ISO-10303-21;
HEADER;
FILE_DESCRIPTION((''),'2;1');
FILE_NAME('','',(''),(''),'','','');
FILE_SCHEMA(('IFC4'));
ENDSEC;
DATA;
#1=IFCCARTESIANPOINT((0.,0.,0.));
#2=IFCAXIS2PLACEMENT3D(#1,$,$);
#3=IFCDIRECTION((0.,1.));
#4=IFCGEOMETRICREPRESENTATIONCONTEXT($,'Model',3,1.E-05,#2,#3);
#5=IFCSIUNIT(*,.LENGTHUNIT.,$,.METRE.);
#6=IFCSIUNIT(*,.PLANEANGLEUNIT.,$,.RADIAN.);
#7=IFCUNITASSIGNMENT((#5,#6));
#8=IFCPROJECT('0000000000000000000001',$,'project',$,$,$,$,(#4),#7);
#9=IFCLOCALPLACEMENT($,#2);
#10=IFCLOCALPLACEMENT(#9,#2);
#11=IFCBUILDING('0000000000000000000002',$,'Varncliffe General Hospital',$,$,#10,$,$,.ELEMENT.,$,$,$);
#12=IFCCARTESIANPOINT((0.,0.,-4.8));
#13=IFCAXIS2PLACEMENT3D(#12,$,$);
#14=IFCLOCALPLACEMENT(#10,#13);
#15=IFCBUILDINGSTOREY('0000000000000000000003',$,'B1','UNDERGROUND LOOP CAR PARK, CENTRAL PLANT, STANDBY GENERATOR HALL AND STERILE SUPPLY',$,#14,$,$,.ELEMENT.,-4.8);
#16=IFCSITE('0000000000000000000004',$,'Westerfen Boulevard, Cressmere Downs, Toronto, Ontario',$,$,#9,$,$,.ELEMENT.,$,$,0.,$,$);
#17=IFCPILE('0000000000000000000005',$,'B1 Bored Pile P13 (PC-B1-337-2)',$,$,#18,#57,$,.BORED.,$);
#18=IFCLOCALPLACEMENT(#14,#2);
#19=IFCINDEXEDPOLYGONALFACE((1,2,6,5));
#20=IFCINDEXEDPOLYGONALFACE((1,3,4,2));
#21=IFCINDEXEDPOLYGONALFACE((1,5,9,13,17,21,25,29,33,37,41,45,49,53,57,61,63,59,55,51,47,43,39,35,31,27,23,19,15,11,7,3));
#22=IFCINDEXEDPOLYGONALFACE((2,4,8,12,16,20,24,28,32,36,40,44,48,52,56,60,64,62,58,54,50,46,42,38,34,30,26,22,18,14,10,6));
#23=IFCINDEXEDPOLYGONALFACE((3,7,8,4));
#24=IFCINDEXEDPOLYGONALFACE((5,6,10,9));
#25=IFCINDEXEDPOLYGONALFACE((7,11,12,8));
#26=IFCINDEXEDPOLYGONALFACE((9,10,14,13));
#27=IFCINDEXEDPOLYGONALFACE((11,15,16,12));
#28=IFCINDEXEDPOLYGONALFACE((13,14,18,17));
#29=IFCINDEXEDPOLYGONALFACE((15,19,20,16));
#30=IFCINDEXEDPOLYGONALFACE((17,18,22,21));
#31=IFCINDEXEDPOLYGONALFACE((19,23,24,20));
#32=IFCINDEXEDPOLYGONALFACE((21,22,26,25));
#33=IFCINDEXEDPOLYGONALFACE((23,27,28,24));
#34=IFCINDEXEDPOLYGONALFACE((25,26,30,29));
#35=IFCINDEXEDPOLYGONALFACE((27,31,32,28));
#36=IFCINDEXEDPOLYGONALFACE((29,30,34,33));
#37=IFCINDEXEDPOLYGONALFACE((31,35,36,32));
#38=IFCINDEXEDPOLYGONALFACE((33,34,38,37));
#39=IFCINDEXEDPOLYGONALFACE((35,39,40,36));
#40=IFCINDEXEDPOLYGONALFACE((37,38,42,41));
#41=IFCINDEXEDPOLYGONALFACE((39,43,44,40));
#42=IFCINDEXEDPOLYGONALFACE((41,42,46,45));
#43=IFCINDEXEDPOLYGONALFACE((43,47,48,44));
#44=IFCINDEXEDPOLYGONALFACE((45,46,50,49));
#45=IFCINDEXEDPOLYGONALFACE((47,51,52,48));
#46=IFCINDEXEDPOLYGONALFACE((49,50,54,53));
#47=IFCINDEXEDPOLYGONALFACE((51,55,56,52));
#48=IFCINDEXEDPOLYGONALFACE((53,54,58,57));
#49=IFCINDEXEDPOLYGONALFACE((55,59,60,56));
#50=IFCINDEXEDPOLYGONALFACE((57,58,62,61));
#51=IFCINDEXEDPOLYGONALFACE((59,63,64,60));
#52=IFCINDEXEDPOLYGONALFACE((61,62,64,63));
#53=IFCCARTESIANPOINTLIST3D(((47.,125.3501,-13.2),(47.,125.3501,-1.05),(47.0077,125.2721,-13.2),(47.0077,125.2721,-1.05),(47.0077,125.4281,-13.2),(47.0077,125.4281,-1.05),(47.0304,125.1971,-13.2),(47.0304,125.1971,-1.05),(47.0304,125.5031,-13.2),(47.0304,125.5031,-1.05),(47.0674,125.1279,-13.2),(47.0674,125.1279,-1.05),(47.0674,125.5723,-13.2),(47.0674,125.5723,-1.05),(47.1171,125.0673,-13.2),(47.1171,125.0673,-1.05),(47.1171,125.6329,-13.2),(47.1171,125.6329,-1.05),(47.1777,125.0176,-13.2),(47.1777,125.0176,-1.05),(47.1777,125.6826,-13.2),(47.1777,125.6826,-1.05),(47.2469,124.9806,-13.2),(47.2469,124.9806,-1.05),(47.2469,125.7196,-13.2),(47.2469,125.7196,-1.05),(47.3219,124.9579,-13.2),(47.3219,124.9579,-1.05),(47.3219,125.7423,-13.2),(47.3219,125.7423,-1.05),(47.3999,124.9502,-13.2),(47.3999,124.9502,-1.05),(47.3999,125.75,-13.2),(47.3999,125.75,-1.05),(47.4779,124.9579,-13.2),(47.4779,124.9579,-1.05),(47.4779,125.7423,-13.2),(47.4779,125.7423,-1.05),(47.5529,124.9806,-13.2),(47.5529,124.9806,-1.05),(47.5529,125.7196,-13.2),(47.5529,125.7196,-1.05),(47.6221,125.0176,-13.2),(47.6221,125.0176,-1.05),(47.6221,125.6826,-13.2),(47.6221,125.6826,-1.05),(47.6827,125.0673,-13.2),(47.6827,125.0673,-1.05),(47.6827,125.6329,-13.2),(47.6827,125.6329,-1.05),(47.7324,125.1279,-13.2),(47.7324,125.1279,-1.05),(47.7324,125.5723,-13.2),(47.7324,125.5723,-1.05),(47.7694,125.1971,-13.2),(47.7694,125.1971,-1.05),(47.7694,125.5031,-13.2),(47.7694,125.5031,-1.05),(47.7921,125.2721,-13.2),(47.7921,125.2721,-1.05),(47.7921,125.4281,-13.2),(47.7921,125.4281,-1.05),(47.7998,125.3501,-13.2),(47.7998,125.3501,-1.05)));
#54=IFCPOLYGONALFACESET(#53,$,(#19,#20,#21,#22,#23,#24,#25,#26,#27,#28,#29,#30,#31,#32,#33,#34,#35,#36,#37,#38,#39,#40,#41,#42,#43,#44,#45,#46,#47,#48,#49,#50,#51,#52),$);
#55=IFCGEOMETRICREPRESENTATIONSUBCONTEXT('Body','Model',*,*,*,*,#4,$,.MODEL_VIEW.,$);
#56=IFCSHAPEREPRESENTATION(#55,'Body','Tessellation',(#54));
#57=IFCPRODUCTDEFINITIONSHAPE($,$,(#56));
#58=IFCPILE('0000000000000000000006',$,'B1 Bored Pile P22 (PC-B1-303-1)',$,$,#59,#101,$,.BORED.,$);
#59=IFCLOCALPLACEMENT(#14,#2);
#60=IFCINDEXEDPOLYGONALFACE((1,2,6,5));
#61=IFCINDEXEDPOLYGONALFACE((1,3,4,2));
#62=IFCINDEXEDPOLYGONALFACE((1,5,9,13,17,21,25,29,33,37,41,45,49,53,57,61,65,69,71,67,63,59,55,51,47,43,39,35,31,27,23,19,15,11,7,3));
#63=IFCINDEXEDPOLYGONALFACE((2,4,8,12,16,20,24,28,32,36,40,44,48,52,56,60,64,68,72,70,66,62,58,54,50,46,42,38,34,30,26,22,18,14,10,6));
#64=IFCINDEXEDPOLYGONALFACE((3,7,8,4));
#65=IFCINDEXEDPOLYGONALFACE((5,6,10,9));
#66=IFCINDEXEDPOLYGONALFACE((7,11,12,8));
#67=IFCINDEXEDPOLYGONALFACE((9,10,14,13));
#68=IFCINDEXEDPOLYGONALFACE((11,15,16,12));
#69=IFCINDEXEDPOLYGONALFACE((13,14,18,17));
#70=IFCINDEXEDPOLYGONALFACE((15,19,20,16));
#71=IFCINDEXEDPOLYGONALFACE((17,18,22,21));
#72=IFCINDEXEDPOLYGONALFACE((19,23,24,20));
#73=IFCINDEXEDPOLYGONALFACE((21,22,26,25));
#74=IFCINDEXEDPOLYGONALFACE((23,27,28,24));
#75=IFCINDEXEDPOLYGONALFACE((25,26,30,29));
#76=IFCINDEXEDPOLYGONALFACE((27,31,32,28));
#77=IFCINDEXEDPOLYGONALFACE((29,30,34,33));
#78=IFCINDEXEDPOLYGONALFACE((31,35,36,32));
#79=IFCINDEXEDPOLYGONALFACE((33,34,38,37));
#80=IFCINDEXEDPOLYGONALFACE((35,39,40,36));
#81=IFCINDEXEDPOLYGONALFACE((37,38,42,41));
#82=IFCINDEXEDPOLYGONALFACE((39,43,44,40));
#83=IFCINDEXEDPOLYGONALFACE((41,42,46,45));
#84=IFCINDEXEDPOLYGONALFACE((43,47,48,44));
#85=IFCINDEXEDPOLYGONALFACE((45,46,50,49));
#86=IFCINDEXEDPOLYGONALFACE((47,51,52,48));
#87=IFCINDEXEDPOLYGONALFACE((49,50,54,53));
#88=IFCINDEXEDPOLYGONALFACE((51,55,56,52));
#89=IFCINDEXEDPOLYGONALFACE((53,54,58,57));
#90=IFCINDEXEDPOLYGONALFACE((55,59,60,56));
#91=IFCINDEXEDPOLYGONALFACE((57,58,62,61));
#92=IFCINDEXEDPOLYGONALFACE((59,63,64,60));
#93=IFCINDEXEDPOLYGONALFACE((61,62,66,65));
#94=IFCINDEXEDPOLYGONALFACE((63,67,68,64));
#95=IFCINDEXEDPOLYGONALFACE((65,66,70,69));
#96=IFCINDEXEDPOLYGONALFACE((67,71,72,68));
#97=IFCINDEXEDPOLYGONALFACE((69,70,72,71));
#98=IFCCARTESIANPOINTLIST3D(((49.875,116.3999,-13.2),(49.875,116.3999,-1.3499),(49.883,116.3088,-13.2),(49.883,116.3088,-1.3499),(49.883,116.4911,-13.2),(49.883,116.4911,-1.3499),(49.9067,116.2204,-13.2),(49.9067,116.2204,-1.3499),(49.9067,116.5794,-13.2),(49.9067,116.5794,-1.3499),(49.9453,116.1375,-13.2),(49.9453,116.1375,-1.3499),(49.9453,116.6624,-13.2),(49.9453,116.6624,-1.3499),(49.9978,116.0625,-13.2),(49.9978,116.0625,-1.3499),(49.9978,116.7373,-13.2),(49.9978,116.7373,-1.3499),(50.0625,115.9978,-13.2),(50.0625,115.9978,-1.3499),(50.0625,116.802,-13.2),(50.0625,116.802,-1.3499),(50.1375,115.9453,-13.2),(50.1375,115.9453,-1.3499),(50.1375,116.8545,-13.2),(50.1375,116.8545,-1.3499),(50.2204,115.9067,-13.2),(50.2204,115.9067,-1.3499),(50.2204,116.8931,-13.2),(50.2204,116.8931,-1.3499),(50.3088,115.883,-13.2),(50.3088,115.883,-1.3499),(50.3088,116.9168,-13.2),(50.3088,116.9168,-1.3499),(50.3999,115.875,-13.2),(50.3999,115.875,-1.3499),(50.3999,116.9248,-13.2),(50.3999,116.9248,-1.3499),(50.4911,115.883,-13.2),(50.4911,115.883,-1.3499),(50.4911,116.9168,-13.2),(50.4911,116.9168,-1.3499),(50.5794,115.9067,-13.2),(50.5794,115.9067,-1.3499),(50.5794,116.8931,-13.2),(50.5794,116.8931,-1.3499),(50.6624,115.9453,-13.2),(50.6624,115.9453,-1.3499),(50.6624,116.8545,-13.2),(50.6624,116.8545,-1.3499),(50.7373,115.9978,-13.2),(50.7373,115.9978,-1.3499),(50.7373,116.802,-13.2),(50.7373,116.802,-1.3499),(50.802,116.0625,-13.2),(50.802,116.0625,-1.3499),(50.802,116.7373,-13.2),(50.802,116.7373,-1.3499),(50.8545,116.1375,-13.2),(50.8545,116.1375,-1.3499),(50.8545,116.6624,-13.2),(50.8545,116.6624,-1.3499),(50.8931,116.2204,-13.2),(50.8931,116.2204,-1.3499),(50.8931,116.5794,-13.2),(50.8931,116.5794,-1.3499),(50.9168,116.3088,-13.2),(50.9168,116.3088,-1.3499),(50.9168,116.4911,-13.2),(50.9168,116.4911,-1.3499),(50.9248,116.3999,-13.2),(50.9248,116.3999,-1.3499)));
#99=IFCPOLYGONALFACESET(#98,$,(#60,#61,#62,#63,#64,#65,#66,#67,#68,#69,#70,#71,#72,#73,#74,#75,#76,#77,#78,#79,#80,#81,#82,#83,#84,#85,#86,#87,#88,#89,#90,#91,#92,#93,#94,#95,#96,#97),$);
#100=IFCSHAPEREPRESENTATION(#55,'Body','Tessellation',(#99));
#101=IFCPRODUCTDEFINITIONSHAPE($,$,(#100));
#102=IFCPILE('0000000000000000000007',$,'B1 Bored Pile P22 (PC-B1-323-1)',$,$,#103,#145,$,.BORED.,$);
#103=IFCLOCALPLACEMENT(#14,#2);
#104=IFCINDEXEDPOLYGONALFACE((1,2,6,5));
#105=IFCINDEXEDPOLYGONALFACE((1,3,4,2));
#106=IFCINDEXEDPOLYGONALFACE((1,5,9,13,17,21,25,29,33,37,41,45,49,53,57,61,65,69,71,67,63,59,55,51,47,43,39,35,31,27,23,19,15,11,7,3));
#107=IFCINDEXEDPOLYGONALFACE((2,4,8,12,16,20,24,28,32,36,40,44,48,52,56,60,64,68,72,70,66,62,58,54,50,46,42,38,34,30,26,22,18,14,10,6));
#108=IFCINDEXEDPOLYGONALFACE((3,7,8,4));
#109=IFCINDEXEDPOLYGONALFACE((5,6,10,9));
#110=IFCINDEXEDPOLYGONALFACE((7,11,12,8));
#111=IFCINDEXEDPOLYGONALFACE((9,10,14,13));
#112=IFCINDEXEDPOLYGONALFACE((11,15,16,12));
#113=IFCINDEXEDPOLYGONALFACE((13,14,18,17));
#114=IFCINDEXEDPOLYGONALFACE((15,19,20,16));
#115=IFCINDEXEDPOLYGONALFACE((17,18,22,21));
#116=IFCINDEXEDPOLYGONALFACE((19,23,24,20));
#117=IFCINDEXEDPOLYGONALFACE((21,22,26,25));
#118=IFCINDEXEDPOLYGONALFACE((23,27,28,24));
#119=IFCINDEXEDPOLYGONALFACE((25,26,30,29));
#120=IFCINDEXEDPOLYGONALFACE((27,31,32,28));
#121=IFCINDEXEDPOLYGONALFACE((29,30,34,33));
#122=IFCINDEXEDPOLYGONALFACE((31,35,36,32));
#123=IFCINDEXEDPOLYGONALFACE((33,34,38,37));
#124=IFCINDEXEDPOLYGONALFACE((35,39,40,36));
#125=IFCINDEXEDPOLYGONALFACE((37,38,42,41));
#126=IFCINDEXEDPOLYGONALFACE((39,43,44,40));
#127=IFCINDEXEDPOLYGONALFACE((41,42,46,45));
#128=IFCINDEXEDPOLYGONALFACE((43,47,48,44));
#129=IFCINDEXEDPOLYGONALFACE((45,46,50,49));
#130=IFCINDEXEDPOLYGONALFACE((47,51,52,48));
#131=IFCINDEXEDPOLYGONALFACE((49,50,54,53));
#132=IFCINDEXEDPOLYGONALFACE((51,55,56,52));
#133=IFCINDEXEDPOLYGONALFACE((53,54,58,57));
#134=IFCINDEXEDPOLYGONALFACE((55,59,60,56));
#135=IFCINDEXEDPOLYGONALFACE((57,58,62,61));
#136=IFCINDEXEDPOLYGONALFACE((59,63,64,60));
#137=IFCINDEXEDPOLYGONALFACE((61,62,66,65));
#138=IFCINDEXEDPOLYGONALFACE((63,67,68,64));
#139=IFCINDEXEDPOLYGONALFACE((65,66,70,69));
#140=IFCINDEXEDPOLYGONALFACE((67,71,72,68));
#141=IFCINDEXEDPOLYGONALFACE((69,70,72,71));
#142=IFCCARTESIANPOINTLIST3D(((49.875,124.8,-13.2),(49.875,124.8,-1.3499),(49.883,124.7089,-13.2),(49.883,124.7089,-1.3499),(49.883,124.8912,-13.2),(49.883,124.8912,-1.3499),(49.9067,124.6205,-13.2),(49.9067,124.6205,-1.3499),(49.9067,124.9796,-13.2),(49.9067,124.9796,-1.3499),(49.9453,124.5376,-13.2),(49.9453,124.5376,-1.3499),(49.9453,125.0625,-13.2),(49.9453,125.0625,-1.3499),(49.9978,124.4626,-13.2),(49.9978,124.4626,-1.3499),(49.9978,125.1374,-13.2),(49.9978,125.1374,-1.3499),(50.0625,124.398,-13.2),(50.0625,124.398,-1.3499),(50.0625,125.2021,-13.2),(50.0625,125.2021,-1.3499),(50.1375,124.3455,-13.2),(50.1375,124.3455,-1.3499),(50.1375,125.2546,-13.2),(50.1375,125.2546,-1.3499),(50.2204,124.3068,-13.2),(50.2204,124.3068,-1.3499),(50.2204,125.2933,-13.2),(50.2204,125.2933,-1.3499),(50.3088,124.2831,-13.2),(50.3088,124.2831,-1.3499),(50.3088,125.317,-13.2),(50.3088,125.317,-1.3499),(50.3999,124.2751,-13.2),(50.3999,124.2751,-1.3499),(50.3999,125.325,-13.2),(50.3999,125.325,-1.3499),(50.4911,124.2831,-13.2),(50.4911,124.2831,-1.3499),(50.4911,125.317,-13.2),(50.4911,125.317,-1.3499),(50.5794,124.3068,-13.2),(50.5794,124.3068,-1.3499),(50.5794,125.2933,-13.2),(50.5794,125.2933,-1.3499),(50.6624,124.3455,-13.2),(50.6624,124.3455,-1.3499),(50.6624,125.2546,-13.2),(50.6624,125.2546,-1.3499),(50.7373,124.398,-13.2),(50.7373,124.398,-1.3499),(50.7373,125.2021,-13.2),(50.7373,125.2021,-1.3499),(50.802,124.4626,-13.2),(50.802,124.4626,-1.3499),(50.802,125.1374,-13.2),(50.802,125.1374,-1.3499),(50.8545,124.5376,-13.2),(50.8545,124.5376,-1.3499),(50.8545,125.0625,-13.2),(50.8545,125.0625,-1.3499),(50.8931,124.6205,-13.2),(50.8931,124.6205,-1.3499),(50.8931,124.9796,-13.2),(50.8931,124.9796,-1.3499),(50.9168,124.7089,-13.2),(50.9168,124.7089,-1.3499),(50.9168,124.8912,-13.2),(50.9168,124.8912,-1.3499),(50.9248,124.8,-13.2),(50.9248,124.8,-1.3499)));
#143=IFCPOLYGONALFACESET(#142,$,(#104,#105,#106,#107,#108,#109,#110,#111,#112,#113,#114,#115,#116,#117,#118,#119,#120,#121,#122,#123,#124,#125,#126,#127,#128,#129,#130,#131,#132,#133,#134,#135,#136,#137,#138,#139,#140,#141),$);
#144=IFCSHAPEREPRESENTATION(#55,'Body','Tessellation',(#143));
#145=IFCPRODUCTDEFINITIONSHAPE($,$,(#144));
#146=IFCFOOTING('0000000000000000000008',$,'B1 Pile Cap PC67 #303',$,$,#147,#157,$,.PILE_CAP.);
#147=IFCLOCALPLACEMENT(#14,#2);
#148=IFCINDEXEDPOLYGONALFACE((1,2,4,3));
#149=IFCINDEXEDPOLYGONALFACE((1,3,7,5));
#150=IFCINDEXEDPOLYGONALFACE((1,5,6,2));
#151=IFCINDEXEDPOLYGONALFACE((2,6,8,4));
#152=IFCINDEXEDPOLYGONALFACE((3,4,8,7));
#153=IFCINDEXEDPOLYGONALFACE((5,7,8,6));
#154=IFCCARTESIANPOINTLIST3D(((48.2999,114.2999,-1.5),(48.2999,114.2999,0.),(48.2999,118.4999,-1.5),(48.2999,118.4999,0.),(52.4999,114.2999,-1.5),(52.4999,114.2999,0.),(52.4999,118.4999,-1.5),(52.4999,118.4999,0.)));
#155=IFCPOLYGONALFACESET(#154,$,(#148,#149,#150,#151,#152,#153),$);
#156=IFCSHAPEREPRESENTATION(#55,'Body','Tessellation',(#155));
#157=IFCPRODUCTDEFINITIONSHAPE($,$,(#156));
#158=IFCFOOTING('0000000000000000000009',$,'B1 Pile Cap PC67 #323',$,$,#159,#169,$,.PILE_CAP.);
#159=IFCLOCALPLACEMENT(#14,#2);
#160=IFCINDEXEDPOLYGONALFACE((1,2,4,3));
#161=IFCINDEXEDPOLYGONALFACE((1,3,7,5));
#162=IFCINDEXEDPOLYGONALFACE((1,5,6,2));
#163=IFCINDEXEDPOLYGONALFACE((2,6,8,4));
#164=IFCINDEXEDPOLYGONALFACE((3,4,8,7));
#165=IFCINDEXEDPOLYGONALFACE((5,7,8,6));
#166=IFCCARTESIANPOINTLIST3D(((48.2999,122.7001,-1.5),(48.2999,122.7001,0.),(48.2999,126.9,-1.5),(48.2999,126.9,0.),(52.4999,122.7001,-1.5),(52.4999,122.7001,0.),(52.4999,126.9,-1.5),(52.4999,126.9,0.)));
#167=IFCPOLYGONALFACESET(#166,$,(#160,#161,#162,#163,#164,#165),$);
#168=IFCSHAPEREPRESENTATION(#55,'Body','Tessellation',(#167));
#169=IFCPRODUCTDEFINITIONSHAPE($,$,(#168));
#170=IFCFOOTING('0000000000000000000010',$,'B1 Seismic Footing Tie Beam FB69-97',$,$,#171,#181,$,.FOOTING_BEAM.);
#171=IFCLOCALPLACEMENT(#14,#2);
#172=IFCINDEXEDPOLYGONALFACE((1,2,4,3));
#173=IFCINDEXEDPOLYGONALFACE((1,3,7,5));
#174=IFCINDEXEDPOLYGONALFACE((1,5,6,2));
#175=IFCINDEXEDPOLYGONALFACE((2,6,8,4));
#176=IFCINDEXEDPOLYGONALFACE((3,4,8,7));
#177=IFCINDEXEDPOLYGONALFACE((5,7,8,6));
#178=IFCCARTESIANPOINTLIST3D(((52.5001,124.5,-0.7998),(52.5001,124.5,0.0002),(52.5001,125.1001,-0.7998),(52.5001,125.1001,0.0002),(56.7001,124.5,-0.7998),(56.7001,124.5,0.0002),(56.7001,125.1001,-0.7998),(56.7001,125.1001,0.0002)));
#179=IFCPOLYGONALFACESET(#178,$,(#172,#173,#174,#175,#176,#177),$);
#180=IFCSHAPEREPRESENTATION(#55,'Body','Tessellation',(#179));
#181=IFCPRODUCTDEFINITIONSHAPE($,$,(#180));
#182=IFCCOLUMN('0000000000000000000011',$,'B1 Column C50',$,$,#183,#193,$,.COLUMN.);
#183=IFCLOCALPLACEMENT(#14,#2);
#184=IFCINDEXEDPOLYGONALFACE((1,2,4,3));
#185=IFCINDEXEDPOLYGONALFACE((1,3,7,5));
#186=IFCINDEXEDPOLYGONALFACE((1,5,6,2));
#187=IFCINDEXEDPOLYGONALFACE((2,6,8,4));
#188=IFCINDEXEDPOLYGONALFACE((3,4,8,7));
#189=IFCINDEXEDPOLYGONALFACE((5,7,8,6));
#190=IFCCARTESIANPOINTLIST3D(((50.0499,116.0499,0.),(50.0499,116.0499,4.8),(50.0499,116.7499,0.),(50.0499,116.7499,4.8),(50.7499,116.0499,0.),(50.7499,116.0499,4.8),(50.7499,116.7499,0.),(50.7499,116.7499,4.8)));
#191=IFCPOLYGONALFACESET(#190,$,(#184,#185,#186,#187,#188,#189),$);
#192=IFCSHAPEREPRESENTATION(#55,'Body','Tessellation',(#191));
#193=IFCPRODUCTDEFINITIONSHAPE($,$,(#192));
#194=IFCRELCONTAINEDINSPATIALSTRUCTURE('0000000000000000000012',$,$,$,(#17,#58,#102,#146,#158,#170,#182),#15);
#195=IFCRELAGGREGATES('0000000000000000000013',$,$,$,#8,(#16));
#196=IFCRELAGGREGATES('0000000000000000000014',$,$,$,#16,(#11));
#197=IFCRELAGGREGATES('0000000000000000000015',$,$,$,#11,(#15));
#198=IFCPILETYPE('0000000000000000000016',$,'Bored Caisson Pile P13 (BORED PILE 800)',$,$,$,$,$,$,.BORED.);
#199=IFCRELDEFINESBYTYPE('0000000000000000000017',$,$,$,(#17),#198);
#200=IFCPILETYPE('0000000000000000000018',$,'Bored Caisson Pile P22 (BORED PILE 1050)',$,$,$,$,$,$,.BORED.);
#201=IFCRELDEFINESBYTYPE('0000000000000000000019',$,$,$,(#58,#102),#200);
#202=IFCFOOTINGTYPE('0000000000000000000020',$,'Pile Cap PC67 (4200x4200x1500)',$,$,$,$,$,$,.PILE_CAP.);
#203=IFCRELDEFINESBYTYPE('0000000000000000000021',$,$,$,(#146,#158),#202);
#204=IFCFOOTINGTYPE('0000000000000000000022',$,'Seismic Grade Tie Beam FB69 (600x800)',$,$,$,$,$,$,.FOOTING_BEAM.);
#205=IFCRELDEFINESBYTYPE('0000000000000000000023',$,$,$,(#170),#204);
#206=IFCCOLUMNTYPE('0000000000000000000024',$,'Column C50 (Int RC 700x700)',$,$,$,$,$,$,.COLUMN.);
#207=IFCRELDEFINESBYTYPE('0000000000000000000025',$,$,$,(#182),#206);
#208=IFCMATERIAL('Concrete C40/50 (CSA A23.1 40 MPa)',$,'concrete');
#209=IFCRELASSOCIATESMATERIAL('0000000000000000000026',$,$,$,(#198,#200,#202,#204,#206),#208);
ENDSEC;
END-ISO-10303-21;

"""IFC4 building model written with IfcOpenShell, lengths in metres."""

from ifc_helpers import new_model, si_unit, direction, frame, origin, origin_2d, place, context, subcontext, project, spatial, rectangle, circle, extrude, material, material_profile, profile_set, type_object, element, save


model = new_model("IFC4")

# Units and contexts
model_context = context("Model", 3, precision=1e-05, world=origin(), true_north=direction((0.0, 1.0)))
body_context = subcontext(model_context, "Body", "Model", "MODEL_VIEW")
ifc_project = project(units=[si_unit("LENGTHUNIT", "METRE"), si_unit("PLANEANGLEUNIT", "RADIAN")], contexts=[model_context])

# Site, building, storey
site_placement = place(None, origin())
site = spatial("IfcSite", under=ifc_project, at=site_placement, Name="Westerfen Boulevard, Cressmere Downs, Toronto, Ontario", CompositionType="ELEMENT", RefElevation=0.0)
building_placement = place(site_placement, origin())
building = spatial("IfcBuilding", under=site, at=building_placement, Name="Varncliffe General Hospital", CompositionType="ELEMENT")
storey_placement = place(building_placement, frame((0.0, 0.0, -4.8)))
storey = spatial("IfcBuildingStorey", under=building, at=storey_placement, Name="B1", Description="UNDERGROUND LOOP CAR PARK, CENTRAL PLANT, STANDBY GENERATOR HALL AND STERILE SUPPLY", CompositionType="ELEMENT", Elevation=-4.8)

# Piles
ifc_material_1 = material(Name="Concrete C40/50 (CSA A23.1 40 MPa)", Category="concrete")
ifc_material_profile_1 = material_profile(ifc_material_1, circle(Radius=0.3999, at=origin_2d()), Name="BORED PILE 800")
ifc_profile_set_1 = profile_set([ifc_material_profile_1], Name="Concrete C40/50 (CSA A23.1 40 MPa)")
pile_type_1 = type_object("IfcPileType", Name="Bored Caisson Pile P13 (BORED PILE 800)", PredefinedType="BORED", material=ifc_profile_set_1)
pile_placement = place(storey_placement, frame((47.3999, 125.3501, -1.05), z_axis=(0.0, 0.0, -1.0), x_axis=(1.0, 0.0, 0.0)))
element("IfcPile", 1, at=pile_placement, inside=storey, type_object=pile_type_1, Name="B1 Bored Pile P13 (PC-B1-337-2)", PredefinedType="BORED", context=body_context, shape_type="SweptSolid", body=[
    extrude(circle(Radius=0.3999, at=origin_2d()), origin(), (0.0, 0.0, 1.0), 12.1499),
])
ifc_material_profile_2 = material_profile(ifc_material_1, circle(Radius=0.5249, at=origin_2d()), Name="BORED PILE 1050")
ifc_profile_set_2 = profile_set([ifc_material_profile_2], Name="Concrete C40/50 (CSA A23.1 40 MPa)")
pile_type_2 = type_object("IfcPileType", Name="Bored Caisson Pile P22 (BORED PILE 1050)", PredefinedType="BORED", material=ifc_profile_set_2)
for number, where, z_axis, x_axis, name in (
    (2, (50.3999, 116.3999, -1.3499), (0.0, 0.0, -1.0), (1.0, 0.0, 0.0), "B1 Bored Pile P22 (PC-B1-303-1)"),
    (3, (50.3999, 124.8, -1.3499), (0.0, 0.0, -1.0), (1.0, 0.0, 0.0), "B1 Bored Pile P22 (PC-B1-323-1)"),
):
    element("IfcPile", number, at=place(storey_placement, frame(where, z_axis=z_axis, x_axis=x_axis)), inside=storey, type_object=pile_type_2, Name=name, PredefinedType="BORED", context=body_context, shape_type="SweptSolid", body=[
        extrude(circle(Radius=0.5249, at=origin_2d()), origin(), (0.0, 0.0, 1.0), 11.8501),
    ])

# Footings
footing_type_1 = type_object("IfcFootingType", Name="Pile Cap PC67 (4200x4200x1500)", PredefinedType="PILE_CAP", material=ifc_material_1)
for number, where, z_axis, x_axis, name in (
    (4, (50.3999, 116.3999, -1.5), (0.0, 0.0, 1.0), (1.0, 0.0, 0.0), "B1 Pile Cap PC67 #303"),
    (5, (50.3999, 124.8, -1.5), (0.0, 0.0, 1.0), (1.0, 0.0, 0.0), "B1 Pile Cap PC67 #323"),
):
    element("IfcFooting", number, at=place(storey_placement, frame(where, z_axis=z_axis, x_axis=x_axis)), inside=storey, type_object=footing_type_1, Name=name, PredefinedType="PILE_CAP", context=body_context, shape_type="SweptSolid", body=[
        extrude(rectangle(XDim=4.2, YDim=4.2, at=origin_2d()), origin(), (0.0, 0.0, 1.0), 1.5),
    ])
footing_type_2 = type_object("IfcFootingType", Name="Seismic Grade Tie Beam FB69 (600x800)", PredefinedType="FOOTING_BEAM", material=ifc_material_1)
footing_placement = place(storey_placement, frame((54.6001, 124.8, -0.7998), z_axis=(0.0, 0.0, 1.0), x_axis=(1.0, 0.0, 0.0)))
element("IfcFooting", 6, at=footing_placement, inside=storey, type_object=footing_type_2, Name="B1 Seismic Footing Tie Beam FB69-97", PredefinedType="FOOTING_BEAM", context=body_context, shape_type="SweptSolid", body=[
    extrude(rectangle(XDim=4.2, YDim=0.6001, at=origin_2d()), origin(), (0.0, 0.0, 1.0), 0.8),
])

# Column
ifc_material_profile_3 = material_profile(ifc_material_1, rectangle(XDim=0.7, YDim=0.7, at=origin_2d()), Name="RC 700x700")
ifc_profile_set_3 = profile_set([ifc_material_profile_3], Name="Concrete C40/50 (CSA A23.1 40 MPa)")
column_type_1 = type_object("IfcColumnType", Name="Column C50 (Int RC 700x700)", PredefinedType="COLUMN", material=ifc_profile_set_3)
column_1_placement = place(storey_placement, frame((50.3999, 116.3999, 0.0), z_axis=(0.0, 0.0, 1.0), x_axis=(1.0, 0.0, 0.0)))
element("IfcColumn", 7, at=column_1_placement, inside=storey, type_object=column_type_1, Name="B1 Column C50", PredefinedType="COLUMN", context=body_context, shape_type="SweptSolid", body=[
    extrude(rectangle(XDim=0.7, YDim=0.7, at=origin_2d()), origin(), (0.0, 0.0, 1.0), 4.8),
])

save(model, "model.ifc")
